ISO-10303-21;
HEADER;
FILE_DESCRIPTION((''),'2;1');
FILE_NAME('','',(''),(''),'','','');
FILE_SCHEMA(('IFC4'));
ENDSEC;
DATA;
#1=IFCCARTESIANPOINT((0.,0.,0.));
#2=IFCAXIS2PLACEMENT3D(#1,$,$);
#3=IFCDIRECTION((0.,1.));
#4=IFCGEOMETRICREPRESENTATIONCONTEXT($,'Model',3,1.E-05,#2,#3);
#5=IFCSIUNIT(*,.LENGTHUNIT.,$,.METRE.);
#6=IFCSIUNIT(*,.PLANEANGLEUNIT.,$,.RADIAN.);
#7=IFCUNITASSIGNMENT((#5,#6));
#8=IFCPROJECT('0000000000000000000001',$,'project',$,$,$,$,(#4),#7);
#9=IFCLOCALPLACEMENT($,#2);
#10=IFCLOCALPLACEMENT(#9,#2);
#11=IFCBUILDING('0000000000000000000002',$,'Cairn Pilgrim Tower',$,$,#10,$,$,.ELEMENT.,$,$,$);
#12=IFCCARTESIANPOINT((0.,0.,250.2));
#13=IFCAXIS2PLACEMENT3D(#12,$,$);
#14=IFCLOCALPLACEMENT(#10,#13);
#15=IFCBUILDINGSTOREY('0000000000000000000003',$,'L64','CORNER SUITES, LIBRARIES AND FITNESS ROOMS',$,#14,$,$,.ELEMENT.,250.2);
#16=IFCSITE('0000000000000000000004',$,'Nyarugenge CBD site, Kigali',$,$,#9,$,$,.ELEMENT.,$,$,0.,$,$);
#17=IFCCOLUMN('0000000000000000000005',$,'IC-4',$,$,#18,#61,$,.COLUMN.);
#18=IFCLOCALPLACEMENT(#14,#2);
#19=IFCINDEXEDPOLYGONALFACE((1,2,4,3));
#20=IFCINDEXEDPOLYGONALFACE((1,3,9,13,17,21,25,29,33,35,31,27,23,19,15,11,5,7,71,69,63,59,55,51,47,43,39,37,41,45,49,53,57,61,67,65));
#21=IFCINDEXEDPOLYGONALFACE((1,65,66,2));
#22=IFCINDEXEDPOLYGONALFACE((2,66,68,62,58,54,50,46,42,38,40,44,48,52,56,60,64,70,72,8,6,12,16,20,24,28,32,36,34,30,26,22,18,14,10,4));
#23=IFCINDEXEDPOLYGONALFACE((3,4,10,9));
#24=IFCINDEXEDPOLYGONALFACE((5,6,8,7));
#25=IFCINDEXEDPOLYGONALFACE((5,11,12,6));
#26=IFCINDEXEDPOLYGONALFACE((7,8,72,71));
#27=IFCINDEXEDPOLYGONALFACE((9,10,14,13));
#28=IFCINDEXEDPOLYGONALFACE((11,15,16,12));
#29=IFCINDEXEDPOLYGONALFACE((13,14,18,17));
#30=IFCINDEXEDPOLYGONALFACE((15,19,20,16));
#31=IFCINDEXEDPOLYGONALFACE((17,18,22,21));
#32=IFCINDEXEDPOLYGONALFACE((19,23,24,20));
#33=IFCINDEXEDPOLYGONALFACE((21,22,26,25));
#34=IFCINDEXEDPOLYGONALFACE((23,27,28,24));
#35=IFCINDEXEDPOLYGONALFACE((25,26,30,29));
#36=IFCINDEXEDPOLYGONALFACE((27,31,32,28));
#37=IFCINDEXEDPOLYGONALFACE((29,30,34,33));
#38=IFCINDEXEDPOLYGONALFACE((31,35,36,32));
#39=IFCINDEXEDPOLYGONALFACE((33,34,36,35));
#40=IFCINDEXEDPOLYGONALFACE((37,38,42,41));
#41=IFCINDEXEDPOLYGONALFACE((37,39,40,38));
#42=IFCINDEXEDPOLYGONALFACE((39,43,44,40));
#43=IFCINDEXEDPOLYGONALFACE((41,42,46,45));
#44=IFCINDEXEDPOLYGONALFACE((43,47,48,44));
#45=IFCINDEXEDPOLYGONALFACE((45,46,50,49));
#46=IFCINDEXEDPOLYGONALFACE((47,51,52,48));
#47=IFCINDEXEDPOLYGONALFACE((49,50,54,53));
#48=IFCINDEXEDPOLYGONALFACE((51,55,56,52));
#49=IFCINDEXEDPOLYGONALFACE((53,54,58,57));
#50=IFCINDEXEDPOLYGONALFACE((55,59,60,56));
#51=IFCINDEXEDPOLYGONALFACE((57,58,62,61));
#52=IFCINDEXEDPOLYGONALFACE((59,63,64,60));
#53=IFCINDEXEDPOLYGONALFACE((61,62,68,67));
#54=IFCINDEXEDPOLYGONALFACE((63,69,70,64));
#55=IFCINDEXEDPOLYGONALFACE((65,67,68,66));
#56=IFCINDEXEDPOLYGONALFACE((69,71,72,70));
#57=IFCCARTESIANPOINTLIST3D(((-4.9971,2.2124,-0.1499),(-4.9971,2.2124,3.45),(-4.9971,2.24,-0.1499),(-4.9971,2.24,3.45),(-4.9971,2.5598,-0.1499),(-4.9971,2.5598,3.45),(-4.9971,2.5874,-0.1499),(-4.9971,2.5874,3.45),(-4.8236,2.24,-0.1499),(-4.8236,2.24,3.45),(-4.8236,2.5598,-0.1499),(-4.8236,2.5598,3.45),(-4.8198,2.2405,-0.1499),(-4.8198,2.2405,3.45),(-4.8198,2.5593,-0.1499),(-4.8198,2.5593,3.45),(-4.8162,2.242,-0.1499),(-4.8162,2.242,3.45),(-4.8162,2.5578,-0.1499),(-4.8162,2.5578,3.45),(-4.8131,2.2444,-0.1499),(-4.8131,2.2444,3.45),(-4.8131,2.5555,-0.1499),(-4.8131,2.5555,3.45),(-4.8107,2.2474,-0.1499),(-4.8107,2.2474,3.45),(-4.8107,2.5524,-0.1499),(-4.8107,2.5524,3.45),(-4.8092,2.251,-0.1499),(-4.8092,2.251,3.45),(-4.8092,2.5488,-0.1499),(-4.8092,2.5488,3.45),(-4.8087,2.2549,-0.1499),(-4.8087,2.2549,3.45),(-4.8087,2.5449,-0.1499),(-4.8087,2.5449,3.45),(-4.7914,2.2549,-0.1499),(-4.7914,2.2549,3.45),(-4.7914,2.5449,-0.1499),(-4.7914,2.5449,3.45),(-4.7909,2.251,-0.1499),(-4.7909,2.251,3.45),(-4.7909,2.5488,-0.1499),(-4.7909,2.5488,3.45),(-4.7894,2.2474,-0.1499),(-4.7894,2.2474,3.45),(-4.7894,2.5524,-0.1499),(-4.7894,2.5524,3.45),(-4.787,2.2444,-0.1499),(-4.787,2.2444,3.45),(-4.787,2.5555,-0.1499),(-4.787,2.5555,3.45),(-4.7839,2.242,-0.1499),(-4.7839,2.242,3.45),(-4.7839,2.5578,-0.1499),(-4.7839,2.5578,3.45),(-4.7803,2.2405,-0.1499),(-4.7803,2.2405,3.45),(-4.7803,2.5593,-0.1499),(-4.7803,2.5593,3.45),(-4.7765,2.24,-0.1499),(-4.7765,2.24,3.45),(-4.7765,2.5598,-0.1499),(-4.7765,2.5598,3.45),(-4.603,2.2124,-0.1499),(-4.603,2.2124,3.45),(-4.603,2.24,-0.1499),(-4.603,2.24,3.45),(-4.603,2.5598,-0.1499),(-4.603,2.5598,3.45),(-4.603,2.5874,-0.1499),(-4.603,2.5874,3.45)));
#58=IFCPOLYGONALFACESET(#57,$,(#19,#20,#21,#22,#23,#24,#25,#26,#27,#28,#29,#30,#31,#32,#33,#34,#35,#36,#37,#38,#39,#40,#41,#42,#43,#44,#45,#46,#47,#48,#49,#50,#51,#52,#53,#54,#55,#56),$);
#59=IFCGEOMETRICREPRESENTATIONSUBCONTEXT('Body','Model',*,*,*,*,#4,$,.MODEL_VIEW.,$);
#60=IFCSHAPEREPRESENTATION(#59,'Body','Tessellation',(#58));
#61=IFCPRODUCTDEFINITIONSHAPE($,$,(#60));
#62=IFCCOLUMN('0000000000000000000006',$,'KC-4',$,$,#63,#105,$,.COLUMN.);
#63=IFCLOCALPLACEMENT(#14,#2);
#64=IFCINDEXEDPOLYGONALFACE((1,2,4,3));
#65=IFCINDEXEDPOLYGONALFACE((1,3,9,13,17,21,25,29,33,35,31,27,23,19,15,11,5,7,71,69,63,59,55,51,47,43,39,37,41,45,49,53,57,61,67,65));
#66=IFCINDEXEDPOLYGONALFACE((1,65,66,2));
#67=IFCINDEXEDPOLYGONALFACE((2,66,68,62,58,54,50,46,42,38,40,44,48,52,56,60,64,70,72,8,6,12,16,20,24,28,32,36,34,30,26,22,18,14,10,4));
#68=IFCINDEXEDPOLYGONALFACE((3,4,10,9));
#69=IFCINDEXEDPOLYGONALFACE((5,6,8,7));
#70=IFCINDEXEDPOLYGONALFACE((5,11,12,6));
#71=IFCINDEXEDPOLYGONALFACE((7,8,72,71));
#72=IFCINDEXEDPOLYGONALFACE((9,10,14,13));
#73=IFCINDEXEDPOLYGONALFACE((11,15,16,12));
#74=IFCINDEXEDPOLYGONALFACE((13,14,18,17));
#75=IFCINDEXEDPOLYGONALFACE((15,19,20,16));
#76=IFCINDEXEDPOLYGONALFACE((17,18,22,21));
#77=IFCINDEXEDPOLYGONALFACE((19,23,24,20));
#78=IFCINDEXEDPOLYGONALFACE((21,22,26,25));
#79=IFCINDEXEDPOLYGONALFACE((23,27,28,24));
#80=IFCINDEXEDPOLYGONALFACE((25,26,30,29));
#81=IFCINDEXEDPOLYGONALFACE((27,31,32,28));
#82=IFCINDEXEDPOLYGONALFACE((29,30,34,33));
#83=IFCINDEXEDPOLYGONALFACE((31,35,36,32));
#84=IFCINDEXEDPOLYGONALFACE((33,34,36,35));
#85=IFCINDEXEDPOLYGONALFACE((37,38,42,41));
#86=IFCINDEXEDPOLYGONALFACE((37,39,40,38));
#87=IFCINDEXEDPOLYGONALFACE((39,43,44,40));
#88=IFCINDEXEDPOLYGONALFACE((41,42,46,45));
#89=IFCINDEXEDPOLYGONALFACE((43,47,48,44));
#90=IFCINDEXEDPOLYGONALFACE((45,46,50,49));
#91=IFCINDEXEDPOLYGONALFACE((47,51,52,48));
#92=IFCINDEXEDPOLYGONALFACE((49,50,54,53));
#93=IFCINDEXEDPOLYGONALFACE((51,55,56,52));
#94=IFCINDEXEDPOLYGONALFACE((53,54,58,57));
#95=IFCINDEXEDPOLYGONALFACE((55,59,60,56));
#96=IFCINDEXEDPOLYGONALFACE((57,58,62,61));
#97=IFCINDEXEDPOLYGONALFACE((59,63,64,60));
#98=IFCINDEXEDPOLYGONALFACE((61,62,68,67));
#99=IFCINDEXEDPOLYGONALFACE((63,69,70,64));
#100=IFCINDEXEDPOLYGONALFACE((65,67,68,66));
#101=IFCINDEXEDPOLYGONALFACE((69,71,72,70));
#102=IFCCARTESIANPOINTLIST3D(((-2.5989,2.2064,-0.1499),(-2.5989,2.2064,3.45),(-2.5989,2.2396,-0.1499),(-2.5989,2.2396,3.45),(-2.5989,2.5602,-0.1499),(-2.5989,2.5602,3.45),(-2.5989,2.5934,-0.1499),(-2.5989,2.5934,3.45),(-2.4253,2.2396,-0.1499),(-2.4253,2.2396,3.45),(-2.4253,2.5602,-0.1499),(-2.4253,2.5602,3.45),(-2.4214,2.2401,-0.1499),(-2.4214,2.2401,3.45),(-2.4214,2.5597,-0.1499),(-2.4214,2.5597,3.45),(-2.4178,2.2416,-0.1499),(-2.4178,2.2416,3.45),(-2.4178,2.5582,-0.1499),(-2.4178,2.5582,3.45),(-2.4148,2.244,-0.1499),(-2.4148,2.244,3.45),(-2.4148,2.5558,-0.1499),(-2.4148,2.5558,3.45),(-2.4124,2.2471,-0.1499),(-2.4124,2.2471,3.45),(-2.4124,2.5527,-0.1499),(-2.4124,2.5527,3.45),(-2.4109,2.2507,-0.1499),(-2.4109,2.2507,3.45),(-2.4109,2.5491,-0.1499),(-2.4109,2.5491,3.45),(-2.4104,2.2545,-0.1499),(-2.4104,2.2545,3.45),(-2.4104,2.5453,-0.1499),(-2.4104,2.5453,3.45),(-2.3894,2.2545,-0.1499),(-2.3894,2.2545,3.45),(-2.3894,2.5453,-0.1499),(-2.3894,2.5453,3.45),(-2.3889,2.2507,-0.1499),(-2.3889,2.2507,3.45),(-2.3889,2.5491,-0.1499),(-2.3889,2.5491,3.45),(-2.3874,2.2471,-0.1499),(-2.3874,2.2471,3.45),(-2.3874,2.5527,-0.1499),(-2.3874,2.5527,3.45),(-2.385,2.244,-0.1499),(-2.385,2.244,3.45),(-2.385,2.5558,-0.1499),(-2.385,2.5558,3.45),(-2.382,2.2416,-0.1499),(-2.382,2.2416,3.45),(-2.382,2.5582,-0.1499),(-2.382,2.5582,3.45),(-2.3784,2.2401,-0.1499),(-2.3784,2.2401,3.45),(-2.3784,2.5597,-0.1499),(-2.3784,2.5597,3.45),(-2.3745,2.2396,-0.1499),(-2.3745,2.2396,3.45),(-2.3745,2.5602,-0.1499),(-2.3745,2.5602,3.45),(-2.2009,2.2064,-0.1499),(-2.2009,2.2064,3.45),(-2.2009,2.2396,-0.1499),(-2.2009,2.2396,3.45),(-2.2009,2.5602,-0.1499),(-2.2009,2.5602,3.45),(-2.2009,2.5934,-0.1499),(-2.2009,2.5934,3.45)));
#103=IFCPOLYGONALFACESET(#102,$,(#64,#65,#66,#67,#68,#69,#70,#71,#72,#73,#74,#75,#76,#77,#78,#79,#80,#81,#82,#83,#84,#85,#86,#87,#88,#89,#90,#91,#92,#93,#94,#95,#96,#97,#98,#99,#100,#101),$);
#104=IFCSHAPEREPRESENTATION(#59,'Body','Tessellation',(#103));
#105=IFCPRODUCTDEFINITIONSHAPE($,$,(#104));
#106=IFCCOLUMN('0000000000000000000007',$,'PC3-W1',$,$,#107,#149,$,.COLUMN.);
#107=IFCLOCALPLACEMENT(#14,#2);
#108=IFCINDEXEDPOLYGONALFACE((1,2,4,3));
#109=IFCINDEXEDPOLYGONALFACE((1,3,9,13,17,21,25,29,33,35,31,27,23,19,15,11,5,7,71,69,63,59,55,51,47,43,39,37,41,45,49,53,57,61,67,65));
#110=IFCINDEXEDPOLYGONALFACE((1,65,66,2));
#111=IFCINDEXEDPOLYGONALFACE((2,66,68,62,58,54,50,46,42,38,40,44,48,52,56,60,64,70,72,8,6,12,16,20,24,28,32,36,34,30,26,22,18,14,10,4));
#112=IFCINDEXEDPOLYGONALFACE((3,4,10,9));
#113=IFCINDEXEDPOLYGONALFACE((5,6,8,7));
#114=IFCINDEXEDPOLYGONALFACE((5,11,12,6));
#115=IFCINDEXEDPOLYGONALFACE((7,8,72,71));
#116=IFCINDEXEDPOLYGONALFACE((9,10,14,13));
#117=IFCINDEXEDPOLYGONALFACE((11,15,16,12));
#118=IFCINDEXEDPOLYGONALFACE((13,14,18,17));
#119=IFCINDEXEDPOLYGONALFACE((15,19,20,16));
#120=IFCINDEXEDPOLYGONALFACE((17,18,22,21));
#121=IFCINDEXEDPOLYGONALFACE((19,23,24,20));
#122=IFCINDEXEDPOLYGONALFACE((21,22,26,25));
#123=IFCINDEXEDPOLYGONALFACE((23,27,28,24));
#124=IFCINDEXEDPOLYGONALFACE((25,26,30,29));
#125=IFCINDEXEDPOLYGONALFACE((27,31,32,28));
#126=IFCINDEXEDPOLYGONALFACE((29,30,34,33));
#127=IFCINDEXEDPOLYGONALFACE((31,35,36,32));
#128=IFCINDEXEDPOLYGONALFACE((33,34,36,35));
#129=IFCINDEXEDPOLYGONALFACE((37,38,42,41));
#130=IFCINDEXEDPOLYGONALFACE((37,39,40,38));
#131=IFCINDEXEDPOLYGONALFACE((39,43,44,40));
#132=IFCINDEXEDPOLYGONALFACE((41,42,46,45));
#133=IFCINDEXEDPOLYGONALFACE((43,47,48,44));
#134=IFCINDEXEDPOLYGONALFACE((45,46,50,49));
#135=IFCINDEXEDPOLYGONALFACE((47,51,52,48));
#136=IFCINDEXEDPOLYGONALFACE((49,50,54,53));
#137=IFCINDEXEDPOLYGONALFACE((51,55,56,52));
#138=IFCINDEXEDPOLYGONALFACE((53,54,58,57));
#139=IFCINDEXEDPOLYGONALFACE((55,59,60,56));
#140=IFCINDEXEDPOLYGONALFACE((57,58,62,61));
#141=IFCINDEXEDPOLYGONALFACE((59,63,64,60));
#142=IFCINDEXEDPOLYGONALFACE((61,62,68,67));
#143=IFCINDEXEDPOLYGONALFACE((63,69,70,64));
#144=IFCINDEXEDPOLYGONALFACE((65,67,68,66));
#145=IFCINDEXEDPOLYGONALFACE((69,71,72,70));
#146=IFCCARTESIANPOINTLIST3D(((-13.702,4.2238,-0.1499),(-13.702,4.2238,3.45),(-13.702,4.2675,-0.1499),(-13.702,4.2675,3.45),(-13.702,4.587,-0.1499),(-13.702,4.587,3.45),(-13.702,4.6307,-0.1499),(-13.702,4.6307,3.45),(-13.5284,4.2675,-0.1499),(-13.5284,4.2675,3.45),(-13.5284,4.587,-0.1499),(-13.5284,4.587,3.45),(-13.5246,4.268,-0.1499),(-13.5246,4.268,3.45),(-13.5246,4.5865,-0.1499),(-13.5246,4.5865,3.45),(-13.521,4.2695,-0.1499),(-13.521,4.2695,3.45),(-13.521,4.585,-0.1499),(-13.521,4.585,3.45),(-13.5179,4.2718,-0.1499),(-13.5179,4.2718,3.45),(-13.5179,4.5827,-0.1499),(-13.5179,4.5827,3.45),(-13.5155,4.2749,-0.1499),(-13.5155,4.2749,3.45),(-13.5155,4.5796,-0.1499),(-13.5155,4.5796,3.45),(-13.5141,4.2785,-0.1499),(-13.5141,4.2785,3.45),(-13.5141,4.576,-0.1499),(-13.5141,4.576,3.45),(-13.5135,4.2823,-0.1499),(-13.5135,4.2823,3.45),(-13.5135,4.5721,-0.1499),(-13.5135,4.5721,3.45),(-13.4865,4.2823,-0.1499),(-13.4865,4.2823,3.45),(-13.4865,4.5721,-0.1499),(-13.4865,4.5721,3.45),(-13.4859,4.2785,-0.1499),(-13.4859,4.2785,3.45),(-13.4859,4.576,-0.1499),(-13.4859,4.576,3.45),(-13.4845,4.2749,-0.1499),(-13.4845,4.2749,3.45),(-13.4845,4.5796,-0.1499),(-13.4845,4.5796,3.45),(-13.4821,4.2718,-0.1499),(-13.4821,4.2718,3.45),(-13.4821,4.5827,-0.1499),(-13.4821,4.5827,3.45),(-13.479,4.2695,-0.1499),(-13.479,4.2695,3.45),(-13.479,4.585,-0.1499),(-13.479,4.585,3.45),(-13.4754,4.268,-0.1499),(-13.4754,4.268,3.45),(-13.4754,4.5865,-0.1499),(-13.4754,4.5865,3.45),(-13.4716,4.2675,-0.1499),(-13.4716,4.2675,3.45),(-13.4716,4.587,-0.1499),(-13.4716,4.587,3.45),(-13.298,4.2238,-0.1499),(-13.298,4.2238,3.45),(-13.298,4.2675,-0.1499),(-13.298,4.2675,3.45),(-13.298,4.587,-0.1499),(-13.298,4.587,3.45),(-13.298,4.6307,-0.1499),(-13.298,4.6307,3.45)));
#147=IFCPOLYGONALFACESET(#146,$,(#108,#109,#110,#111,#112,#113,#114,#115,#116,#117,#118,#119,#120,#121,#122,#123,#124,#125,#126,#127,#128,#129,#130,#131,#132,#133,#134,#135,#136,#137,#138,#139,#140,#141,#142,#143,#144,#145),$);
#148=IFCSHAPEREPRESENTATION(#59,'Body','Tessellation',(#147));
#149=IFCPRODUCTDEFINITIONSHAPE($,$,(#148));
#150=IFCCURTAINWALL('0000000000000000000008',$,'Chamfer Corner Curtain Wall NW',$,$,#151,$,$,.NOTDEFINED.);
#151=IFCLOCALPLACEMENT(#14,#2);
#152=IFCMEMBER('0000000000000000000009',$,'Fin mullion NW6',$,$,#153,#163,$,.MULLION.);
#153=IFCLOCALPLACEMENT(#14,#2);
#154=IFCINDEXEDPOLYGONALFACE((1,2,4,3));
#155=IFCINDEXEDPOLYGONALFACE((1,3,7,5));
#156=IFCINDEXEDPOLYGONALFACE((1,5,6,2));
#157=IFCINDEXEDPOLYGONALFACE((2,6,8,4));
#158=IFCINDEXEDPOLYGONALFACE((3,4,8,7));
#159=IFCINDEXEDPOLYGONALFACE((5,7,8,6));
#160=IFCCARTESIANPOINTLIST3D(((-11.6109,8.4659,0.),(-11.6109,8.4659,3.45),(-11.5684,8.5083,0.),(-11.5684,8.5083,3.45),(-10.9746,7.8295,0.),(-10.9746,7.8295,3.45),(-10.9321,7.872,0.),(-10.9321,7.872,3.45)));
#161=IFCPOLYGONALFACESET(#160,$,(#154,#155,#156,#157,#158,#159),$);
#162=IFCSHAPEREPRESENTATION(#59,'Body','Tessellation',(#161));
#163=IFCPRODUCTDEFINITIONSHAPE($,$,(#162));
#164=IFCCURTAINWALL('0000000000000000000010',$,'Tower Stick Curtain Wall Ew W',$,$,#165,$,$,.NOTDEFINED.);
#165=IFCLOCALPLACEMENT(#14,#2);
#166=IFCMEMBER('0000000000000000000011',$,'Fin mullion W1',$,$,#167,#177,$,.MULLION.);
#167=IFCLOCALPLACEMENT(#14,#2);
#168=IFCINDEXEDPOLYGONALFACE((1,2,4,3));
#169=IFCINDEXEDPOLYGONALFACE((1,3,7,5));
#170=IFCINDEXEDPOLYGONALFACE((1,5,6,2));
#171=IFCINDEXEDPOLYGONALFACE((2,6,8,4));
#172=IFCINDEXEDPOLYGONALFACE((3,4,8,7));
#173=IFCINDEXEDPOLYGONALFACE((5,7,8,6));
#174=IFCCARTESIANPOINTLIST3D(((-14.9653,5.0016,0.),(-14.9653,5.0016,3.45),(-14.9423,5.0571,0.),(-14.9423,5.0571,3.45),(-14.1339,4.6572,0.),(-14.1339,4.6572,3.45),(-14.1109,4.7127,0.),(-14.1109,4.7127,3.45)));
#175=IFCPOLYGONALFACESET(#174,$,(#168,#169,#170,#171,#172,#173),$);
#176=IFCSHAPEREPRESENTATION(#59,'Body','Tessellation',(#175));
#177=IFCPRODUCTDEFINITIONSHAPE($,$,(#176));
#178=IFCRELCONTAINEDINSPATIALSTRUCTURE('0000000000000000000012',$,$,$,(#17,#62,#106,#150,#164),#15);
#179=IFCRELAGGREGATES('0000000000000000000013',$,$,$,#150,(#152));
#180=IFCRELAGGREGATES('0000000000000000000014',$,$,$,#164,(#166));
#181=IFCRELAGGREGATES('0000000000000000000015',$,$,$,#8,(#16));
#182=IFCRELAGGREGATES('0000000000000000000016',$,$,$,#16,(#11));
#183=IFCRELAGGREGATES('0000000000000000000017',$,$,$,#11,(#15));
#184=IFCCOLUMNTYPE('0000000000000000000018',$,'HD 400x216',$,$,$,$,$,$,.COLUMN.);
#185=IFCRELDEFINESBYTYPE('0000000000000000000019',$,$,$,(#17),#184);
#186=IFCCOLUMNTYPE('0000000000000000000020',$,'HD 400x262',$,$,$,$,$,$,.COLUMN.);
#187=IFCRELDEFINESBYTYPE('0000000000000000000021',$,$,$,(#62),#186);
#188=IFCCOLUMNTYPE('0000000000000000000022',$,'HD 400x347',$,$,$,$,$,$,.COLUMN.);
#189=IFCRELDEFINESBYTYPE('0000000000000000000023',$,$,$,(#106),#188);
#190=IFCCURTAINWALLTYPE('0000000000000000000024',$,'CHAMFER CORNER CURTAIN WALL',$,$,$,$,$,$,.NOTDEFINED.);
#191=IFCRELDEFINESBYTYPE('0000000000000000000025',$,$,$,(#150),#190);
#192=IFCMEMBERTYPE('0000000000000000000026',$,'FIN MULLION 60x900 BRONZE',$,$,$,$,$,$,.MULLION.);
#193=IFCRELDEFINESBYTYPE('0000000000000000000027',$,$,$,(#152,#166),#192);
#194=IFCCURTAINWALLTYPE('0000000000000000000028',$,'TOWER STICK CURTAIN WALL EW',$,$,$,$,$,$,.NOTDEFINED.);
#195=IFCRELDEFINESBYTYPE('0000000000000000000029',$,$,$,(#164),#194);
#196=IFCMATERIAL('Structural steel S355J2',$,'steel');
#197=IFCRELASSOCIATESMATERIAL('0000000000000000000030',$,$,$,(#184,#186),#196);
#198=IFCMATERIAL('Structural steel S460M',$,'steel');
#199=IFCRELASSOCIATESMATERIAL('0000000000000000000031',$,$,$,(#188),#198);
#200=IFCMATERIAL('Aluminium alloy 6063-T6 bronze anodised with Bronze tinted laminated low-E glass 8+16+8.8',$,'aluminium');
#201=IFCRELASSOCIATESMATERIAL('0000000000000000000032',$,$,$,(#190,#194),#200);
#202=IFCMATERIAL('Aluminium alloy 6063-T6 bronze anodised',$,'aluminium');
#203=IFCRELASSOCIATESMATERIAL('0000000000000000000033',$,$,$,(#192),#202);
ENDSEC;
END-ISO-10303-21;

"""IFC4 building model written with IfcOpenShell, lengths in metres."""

from ifc_helpers import new_model, si_unit, direction, frame, origin, origin_2d, place, context, subcontext, project, spatial, rectangle, i_section, extrude, material, material_profile, profile_set, type_object, element, aggregate, save


model = new_model("IFC4")

# Units and contexts
model_context = context("Model", 3, precision=1e-05, world=origin(), true_north=direction((0.0, 1.0)))
body_context = subcontext(model_context, "Body", "Model", "MODEL_VIEW")
ifc_project = project(units=[si_unit("LENGTHUNIT", "METRE"), si_unit("PLANEANGLEUNIT", "RADIAN")], contexts=[model_context])

# Site, building, storey
site_placement = place(None, origin())
site = spatial("IfcSite", under=ifc_project, at=site_placement, Name="Nyarugenge CBD site, Kigali", CompositionType="ELEMENT", RefElevation=0.0)
building_placement = place(site_placement, origin())
building = spatial("IfcBuilding", under=site, at=building_placement, Name="Cairn Pilgrim Tower", CompositionType="ELEMENT")
storey_placement = place(building_placement, frame((0.0, 0.0, 250.2)))
storey = spatial("IfcBuildingStorey", under=building, at=storey_placement, Name="L64", Description="CORNER SUITES, LIBRARIES AND FITNESS ROOMS", CompositionType="ELEMENT", Elevation=250.2)

# Columns
ifc_material_1 = material(Name="Structural steel S355J2", Category="steel")
ifc_material_profile_1 = material_profile(ifc_material_1, i_section(OverallWidth=0.394, OverallDepth=0.375, WebThickness=0.0173, FlangeThickness=0.0276, FilletRadius=0.0149, at=origin_2d()), Name="HD 400x216")
ifc_profile_set_1 = profile_set([ifc_material_profile_1], Name="Structural steel S355J2")
column_type_1 = type_object("IfcColumnType", Name="HD 400x216", PredefinedType="COLUMN", material=ifc_profile_set_1)
column_1_placement = place(storey_placement, frame((-4.8, 2.3999, -0.1499), z_axis=(0.0, 0.0, 1.0), x_axis=(1.0, 0.0, 0.0)))
element("IfcColumn", 1, at=column_1_placement, inside=storey, type_object=column_type_1, Name="IC-4", PredefinedType="COLUMN", context=body_context, shape_type="SweptSolid", body=[
    extrude(i_section(OverallWidth=0.394, OverallDepth=0.375, WebThickness=0.0173, FlangeThickness=0.0276, FilletRadius=0.0149, at=origin_2d()), origin(), (0.0, 0.0, 1.0), 3.5999),
])
ifc_material_profile_2 = material_profile(ifc_material_1, i_section(OverallWidth=0.3979, OverallDepth=0.387, WebThickness=0.021, FlangeThickness=0.0332, FilletRadius=0.0149, at=origin_2d()), Name="HD 400x262")
ifc_profile_set_2 = profile_set([ifc_material_profile_2], Name="Structural steel S355J2")
column_type_2 = type_object("IfcColumnType", Name="HD 400x262", PredefinedType="COLUMN", material=ifc_profile_set_2)
column_2_placement = place(storey_placement, frame((-2.3999, 2.3999, -0.1499), z_axis=(0.0, 0.0, 1.0), x_axis=(1.0, 0.0, 0.0)))
element("IfcColumn", 2, at=column_2_placement, inside=storey, type_object=column_type_2, Name="KC-4", PredefinedType="COLUMN", context=body_context, shape_type="SweptSolid", body=[
    extrude(i_section(OverallWidth=0.3979, OverallDepth=0.387, WebThickness=0.021, FlangeThickness=0.0332, FilletRadius=0.0149, at=origin_2d()), origin(), (0.0, 0.0, 1.0), 3.5999),
])
ifc_material_2 = material(Name="Structural steel S460M", Category="steel")
ifc_material_profile_3 = material_profile(ifc_material_2, i_section(OverallWidth=0.4041, OverallDepth=0.407, WebThickness=0.0271, FlangeThickness=0.0437, FilletRadius=0.0149, at=origin_2d()), Name="HD 400x347")
ifc_profile_set_3 = profile_set([ifc_material_profile_3], Name="Structural steel S460M")
column_type_3 = type_object("IfcColumnType", Name="HD 400x347", PredefinedType="COLUMN", material=ifc_profile_set_3)
column_3_placement = place(storey_placement, frame((-13.5, 4.4272, -0.1499), z_axis=(0.0, 0.0, 1.0), x_axis=(1.0, 0.0, 0.0)))
element("IfcColumn", 3, at=column_3_placement, inside=storey, type_object=column_type_3, Name="PC3-W1", PredefinedType="COLUMN", context=body_context, shape_type="SweptSolid", body=[
    extrude(i_section(OverallWidth=0.4041, OverallDepth=0.407, WebThickness=0.0271, FlangeThickness=0.0437, FilletRadius=0.0149, at=origin_2d()), origin(), (0.0, 0.0, 1.0), 3.5999),
])

# Curtain walls, members
ifc_material_3 = material(Name="Aluminium alloy 6063-T6 bronze anodised with Bronze tinted laminated low-E glass 8+16+8.8", Category="aluminium")
curtain_wall_type_1 = type_object("IfcCurtainWallType", Name="CHAMFER CORNER CURTAIN WALL", PredefinedType="NOTDEFINED", material=ifc_material_3)
curtain_wall_1_placement = place(storey_placement, origin())
curtain_wall_1 = element("IfcCurtainWall", 4, at=curtain_wall_1_placement, inside=storey, type_object=curtain_wall_type_1, Name="Chamfer Corner Curtain Wall NW", PredefinedType="NOTDEFINED")
ifc_material_4 = material(Name="Aluminium alloy 6063-T6 bronze anodised", Category="aluminium")
ifc_material_profile_4 = material_profile(ifc_material_4, rectangle(XDim=0.8999, YDim=0.0601, at=origin_2d()), Name="FIN MULLION 60x900 BRONZE")
ifc_profile_set_4 = profile_set([ifc_material_profile_4], Name="Aluminium alloy 6063-T6 bronze anodised")
member_type_1 = type_object("IfcMemberType", Name="FIN MULLION 60x900 BRONZE", PredefinedType="MULLION", material=ifc_profile_set_4)
member_1_placement = place(storey_placement, frame((-11.2715, 8.1689, 0.0), z_axis=(0.0, 0.0, 1.0), x_axis=(-0.707107, 0.707107, 0.0)))
member_1 = element("IfcMember", 5, at=member_1_placement, type_object=member_type_1, Name="Fin mullion NW6", PredefinedType="MULLION", context=body_context, shape_type="SweptSolid", body=[
    extrude(rectangle(XDim=0.8999, YDim=0.0601, at=origin_2d()), origin(), (0.0, 0.0, 1.0), 3.45),
])
curtain_wall_type_2 = type_object("IfcCurtainWallType", Name="TOWER STICK CURTAIN WALL EW", PredefinedType="NOTDEFINED", material=ifc_material_3)
curtain_wall_2_placement = place(storey_placement, origin())
curtain_wall_2 = element("IfcCurtainWall", 6, at=curtain_wall_2_placement, inside=storey, type_object=curtain_wall_type_2, Name="Tower Stick Curtain Wall Ew W", PredefinedType="NOTDEFINED")
member_2_placement = place(storey_placement, frame((-14.5381, 4.8572, 0.0), z_axis=(0.0, 0.0, 1.0), x_axis=(-0.92388, 0.382683, 0.0)))
member_2 = element("IfcMember", 7, at=member_2_placement, type_object=member_type_1, Name="Fin mullion W1", PredefinedType="MULLION", context=body_context, shape_type="SweptSolid", body=[
    extrude(rectangle(XDim=0.8999, YDim=0.0601, at=origin_2d()), origin(), (0.0, 0.0, 1.0), 3.45),
])

aggregate(curtain_wall_1, [member_1])
aggregate(curtain_wall_2, [member_2])

save(model, "model.ifc")
